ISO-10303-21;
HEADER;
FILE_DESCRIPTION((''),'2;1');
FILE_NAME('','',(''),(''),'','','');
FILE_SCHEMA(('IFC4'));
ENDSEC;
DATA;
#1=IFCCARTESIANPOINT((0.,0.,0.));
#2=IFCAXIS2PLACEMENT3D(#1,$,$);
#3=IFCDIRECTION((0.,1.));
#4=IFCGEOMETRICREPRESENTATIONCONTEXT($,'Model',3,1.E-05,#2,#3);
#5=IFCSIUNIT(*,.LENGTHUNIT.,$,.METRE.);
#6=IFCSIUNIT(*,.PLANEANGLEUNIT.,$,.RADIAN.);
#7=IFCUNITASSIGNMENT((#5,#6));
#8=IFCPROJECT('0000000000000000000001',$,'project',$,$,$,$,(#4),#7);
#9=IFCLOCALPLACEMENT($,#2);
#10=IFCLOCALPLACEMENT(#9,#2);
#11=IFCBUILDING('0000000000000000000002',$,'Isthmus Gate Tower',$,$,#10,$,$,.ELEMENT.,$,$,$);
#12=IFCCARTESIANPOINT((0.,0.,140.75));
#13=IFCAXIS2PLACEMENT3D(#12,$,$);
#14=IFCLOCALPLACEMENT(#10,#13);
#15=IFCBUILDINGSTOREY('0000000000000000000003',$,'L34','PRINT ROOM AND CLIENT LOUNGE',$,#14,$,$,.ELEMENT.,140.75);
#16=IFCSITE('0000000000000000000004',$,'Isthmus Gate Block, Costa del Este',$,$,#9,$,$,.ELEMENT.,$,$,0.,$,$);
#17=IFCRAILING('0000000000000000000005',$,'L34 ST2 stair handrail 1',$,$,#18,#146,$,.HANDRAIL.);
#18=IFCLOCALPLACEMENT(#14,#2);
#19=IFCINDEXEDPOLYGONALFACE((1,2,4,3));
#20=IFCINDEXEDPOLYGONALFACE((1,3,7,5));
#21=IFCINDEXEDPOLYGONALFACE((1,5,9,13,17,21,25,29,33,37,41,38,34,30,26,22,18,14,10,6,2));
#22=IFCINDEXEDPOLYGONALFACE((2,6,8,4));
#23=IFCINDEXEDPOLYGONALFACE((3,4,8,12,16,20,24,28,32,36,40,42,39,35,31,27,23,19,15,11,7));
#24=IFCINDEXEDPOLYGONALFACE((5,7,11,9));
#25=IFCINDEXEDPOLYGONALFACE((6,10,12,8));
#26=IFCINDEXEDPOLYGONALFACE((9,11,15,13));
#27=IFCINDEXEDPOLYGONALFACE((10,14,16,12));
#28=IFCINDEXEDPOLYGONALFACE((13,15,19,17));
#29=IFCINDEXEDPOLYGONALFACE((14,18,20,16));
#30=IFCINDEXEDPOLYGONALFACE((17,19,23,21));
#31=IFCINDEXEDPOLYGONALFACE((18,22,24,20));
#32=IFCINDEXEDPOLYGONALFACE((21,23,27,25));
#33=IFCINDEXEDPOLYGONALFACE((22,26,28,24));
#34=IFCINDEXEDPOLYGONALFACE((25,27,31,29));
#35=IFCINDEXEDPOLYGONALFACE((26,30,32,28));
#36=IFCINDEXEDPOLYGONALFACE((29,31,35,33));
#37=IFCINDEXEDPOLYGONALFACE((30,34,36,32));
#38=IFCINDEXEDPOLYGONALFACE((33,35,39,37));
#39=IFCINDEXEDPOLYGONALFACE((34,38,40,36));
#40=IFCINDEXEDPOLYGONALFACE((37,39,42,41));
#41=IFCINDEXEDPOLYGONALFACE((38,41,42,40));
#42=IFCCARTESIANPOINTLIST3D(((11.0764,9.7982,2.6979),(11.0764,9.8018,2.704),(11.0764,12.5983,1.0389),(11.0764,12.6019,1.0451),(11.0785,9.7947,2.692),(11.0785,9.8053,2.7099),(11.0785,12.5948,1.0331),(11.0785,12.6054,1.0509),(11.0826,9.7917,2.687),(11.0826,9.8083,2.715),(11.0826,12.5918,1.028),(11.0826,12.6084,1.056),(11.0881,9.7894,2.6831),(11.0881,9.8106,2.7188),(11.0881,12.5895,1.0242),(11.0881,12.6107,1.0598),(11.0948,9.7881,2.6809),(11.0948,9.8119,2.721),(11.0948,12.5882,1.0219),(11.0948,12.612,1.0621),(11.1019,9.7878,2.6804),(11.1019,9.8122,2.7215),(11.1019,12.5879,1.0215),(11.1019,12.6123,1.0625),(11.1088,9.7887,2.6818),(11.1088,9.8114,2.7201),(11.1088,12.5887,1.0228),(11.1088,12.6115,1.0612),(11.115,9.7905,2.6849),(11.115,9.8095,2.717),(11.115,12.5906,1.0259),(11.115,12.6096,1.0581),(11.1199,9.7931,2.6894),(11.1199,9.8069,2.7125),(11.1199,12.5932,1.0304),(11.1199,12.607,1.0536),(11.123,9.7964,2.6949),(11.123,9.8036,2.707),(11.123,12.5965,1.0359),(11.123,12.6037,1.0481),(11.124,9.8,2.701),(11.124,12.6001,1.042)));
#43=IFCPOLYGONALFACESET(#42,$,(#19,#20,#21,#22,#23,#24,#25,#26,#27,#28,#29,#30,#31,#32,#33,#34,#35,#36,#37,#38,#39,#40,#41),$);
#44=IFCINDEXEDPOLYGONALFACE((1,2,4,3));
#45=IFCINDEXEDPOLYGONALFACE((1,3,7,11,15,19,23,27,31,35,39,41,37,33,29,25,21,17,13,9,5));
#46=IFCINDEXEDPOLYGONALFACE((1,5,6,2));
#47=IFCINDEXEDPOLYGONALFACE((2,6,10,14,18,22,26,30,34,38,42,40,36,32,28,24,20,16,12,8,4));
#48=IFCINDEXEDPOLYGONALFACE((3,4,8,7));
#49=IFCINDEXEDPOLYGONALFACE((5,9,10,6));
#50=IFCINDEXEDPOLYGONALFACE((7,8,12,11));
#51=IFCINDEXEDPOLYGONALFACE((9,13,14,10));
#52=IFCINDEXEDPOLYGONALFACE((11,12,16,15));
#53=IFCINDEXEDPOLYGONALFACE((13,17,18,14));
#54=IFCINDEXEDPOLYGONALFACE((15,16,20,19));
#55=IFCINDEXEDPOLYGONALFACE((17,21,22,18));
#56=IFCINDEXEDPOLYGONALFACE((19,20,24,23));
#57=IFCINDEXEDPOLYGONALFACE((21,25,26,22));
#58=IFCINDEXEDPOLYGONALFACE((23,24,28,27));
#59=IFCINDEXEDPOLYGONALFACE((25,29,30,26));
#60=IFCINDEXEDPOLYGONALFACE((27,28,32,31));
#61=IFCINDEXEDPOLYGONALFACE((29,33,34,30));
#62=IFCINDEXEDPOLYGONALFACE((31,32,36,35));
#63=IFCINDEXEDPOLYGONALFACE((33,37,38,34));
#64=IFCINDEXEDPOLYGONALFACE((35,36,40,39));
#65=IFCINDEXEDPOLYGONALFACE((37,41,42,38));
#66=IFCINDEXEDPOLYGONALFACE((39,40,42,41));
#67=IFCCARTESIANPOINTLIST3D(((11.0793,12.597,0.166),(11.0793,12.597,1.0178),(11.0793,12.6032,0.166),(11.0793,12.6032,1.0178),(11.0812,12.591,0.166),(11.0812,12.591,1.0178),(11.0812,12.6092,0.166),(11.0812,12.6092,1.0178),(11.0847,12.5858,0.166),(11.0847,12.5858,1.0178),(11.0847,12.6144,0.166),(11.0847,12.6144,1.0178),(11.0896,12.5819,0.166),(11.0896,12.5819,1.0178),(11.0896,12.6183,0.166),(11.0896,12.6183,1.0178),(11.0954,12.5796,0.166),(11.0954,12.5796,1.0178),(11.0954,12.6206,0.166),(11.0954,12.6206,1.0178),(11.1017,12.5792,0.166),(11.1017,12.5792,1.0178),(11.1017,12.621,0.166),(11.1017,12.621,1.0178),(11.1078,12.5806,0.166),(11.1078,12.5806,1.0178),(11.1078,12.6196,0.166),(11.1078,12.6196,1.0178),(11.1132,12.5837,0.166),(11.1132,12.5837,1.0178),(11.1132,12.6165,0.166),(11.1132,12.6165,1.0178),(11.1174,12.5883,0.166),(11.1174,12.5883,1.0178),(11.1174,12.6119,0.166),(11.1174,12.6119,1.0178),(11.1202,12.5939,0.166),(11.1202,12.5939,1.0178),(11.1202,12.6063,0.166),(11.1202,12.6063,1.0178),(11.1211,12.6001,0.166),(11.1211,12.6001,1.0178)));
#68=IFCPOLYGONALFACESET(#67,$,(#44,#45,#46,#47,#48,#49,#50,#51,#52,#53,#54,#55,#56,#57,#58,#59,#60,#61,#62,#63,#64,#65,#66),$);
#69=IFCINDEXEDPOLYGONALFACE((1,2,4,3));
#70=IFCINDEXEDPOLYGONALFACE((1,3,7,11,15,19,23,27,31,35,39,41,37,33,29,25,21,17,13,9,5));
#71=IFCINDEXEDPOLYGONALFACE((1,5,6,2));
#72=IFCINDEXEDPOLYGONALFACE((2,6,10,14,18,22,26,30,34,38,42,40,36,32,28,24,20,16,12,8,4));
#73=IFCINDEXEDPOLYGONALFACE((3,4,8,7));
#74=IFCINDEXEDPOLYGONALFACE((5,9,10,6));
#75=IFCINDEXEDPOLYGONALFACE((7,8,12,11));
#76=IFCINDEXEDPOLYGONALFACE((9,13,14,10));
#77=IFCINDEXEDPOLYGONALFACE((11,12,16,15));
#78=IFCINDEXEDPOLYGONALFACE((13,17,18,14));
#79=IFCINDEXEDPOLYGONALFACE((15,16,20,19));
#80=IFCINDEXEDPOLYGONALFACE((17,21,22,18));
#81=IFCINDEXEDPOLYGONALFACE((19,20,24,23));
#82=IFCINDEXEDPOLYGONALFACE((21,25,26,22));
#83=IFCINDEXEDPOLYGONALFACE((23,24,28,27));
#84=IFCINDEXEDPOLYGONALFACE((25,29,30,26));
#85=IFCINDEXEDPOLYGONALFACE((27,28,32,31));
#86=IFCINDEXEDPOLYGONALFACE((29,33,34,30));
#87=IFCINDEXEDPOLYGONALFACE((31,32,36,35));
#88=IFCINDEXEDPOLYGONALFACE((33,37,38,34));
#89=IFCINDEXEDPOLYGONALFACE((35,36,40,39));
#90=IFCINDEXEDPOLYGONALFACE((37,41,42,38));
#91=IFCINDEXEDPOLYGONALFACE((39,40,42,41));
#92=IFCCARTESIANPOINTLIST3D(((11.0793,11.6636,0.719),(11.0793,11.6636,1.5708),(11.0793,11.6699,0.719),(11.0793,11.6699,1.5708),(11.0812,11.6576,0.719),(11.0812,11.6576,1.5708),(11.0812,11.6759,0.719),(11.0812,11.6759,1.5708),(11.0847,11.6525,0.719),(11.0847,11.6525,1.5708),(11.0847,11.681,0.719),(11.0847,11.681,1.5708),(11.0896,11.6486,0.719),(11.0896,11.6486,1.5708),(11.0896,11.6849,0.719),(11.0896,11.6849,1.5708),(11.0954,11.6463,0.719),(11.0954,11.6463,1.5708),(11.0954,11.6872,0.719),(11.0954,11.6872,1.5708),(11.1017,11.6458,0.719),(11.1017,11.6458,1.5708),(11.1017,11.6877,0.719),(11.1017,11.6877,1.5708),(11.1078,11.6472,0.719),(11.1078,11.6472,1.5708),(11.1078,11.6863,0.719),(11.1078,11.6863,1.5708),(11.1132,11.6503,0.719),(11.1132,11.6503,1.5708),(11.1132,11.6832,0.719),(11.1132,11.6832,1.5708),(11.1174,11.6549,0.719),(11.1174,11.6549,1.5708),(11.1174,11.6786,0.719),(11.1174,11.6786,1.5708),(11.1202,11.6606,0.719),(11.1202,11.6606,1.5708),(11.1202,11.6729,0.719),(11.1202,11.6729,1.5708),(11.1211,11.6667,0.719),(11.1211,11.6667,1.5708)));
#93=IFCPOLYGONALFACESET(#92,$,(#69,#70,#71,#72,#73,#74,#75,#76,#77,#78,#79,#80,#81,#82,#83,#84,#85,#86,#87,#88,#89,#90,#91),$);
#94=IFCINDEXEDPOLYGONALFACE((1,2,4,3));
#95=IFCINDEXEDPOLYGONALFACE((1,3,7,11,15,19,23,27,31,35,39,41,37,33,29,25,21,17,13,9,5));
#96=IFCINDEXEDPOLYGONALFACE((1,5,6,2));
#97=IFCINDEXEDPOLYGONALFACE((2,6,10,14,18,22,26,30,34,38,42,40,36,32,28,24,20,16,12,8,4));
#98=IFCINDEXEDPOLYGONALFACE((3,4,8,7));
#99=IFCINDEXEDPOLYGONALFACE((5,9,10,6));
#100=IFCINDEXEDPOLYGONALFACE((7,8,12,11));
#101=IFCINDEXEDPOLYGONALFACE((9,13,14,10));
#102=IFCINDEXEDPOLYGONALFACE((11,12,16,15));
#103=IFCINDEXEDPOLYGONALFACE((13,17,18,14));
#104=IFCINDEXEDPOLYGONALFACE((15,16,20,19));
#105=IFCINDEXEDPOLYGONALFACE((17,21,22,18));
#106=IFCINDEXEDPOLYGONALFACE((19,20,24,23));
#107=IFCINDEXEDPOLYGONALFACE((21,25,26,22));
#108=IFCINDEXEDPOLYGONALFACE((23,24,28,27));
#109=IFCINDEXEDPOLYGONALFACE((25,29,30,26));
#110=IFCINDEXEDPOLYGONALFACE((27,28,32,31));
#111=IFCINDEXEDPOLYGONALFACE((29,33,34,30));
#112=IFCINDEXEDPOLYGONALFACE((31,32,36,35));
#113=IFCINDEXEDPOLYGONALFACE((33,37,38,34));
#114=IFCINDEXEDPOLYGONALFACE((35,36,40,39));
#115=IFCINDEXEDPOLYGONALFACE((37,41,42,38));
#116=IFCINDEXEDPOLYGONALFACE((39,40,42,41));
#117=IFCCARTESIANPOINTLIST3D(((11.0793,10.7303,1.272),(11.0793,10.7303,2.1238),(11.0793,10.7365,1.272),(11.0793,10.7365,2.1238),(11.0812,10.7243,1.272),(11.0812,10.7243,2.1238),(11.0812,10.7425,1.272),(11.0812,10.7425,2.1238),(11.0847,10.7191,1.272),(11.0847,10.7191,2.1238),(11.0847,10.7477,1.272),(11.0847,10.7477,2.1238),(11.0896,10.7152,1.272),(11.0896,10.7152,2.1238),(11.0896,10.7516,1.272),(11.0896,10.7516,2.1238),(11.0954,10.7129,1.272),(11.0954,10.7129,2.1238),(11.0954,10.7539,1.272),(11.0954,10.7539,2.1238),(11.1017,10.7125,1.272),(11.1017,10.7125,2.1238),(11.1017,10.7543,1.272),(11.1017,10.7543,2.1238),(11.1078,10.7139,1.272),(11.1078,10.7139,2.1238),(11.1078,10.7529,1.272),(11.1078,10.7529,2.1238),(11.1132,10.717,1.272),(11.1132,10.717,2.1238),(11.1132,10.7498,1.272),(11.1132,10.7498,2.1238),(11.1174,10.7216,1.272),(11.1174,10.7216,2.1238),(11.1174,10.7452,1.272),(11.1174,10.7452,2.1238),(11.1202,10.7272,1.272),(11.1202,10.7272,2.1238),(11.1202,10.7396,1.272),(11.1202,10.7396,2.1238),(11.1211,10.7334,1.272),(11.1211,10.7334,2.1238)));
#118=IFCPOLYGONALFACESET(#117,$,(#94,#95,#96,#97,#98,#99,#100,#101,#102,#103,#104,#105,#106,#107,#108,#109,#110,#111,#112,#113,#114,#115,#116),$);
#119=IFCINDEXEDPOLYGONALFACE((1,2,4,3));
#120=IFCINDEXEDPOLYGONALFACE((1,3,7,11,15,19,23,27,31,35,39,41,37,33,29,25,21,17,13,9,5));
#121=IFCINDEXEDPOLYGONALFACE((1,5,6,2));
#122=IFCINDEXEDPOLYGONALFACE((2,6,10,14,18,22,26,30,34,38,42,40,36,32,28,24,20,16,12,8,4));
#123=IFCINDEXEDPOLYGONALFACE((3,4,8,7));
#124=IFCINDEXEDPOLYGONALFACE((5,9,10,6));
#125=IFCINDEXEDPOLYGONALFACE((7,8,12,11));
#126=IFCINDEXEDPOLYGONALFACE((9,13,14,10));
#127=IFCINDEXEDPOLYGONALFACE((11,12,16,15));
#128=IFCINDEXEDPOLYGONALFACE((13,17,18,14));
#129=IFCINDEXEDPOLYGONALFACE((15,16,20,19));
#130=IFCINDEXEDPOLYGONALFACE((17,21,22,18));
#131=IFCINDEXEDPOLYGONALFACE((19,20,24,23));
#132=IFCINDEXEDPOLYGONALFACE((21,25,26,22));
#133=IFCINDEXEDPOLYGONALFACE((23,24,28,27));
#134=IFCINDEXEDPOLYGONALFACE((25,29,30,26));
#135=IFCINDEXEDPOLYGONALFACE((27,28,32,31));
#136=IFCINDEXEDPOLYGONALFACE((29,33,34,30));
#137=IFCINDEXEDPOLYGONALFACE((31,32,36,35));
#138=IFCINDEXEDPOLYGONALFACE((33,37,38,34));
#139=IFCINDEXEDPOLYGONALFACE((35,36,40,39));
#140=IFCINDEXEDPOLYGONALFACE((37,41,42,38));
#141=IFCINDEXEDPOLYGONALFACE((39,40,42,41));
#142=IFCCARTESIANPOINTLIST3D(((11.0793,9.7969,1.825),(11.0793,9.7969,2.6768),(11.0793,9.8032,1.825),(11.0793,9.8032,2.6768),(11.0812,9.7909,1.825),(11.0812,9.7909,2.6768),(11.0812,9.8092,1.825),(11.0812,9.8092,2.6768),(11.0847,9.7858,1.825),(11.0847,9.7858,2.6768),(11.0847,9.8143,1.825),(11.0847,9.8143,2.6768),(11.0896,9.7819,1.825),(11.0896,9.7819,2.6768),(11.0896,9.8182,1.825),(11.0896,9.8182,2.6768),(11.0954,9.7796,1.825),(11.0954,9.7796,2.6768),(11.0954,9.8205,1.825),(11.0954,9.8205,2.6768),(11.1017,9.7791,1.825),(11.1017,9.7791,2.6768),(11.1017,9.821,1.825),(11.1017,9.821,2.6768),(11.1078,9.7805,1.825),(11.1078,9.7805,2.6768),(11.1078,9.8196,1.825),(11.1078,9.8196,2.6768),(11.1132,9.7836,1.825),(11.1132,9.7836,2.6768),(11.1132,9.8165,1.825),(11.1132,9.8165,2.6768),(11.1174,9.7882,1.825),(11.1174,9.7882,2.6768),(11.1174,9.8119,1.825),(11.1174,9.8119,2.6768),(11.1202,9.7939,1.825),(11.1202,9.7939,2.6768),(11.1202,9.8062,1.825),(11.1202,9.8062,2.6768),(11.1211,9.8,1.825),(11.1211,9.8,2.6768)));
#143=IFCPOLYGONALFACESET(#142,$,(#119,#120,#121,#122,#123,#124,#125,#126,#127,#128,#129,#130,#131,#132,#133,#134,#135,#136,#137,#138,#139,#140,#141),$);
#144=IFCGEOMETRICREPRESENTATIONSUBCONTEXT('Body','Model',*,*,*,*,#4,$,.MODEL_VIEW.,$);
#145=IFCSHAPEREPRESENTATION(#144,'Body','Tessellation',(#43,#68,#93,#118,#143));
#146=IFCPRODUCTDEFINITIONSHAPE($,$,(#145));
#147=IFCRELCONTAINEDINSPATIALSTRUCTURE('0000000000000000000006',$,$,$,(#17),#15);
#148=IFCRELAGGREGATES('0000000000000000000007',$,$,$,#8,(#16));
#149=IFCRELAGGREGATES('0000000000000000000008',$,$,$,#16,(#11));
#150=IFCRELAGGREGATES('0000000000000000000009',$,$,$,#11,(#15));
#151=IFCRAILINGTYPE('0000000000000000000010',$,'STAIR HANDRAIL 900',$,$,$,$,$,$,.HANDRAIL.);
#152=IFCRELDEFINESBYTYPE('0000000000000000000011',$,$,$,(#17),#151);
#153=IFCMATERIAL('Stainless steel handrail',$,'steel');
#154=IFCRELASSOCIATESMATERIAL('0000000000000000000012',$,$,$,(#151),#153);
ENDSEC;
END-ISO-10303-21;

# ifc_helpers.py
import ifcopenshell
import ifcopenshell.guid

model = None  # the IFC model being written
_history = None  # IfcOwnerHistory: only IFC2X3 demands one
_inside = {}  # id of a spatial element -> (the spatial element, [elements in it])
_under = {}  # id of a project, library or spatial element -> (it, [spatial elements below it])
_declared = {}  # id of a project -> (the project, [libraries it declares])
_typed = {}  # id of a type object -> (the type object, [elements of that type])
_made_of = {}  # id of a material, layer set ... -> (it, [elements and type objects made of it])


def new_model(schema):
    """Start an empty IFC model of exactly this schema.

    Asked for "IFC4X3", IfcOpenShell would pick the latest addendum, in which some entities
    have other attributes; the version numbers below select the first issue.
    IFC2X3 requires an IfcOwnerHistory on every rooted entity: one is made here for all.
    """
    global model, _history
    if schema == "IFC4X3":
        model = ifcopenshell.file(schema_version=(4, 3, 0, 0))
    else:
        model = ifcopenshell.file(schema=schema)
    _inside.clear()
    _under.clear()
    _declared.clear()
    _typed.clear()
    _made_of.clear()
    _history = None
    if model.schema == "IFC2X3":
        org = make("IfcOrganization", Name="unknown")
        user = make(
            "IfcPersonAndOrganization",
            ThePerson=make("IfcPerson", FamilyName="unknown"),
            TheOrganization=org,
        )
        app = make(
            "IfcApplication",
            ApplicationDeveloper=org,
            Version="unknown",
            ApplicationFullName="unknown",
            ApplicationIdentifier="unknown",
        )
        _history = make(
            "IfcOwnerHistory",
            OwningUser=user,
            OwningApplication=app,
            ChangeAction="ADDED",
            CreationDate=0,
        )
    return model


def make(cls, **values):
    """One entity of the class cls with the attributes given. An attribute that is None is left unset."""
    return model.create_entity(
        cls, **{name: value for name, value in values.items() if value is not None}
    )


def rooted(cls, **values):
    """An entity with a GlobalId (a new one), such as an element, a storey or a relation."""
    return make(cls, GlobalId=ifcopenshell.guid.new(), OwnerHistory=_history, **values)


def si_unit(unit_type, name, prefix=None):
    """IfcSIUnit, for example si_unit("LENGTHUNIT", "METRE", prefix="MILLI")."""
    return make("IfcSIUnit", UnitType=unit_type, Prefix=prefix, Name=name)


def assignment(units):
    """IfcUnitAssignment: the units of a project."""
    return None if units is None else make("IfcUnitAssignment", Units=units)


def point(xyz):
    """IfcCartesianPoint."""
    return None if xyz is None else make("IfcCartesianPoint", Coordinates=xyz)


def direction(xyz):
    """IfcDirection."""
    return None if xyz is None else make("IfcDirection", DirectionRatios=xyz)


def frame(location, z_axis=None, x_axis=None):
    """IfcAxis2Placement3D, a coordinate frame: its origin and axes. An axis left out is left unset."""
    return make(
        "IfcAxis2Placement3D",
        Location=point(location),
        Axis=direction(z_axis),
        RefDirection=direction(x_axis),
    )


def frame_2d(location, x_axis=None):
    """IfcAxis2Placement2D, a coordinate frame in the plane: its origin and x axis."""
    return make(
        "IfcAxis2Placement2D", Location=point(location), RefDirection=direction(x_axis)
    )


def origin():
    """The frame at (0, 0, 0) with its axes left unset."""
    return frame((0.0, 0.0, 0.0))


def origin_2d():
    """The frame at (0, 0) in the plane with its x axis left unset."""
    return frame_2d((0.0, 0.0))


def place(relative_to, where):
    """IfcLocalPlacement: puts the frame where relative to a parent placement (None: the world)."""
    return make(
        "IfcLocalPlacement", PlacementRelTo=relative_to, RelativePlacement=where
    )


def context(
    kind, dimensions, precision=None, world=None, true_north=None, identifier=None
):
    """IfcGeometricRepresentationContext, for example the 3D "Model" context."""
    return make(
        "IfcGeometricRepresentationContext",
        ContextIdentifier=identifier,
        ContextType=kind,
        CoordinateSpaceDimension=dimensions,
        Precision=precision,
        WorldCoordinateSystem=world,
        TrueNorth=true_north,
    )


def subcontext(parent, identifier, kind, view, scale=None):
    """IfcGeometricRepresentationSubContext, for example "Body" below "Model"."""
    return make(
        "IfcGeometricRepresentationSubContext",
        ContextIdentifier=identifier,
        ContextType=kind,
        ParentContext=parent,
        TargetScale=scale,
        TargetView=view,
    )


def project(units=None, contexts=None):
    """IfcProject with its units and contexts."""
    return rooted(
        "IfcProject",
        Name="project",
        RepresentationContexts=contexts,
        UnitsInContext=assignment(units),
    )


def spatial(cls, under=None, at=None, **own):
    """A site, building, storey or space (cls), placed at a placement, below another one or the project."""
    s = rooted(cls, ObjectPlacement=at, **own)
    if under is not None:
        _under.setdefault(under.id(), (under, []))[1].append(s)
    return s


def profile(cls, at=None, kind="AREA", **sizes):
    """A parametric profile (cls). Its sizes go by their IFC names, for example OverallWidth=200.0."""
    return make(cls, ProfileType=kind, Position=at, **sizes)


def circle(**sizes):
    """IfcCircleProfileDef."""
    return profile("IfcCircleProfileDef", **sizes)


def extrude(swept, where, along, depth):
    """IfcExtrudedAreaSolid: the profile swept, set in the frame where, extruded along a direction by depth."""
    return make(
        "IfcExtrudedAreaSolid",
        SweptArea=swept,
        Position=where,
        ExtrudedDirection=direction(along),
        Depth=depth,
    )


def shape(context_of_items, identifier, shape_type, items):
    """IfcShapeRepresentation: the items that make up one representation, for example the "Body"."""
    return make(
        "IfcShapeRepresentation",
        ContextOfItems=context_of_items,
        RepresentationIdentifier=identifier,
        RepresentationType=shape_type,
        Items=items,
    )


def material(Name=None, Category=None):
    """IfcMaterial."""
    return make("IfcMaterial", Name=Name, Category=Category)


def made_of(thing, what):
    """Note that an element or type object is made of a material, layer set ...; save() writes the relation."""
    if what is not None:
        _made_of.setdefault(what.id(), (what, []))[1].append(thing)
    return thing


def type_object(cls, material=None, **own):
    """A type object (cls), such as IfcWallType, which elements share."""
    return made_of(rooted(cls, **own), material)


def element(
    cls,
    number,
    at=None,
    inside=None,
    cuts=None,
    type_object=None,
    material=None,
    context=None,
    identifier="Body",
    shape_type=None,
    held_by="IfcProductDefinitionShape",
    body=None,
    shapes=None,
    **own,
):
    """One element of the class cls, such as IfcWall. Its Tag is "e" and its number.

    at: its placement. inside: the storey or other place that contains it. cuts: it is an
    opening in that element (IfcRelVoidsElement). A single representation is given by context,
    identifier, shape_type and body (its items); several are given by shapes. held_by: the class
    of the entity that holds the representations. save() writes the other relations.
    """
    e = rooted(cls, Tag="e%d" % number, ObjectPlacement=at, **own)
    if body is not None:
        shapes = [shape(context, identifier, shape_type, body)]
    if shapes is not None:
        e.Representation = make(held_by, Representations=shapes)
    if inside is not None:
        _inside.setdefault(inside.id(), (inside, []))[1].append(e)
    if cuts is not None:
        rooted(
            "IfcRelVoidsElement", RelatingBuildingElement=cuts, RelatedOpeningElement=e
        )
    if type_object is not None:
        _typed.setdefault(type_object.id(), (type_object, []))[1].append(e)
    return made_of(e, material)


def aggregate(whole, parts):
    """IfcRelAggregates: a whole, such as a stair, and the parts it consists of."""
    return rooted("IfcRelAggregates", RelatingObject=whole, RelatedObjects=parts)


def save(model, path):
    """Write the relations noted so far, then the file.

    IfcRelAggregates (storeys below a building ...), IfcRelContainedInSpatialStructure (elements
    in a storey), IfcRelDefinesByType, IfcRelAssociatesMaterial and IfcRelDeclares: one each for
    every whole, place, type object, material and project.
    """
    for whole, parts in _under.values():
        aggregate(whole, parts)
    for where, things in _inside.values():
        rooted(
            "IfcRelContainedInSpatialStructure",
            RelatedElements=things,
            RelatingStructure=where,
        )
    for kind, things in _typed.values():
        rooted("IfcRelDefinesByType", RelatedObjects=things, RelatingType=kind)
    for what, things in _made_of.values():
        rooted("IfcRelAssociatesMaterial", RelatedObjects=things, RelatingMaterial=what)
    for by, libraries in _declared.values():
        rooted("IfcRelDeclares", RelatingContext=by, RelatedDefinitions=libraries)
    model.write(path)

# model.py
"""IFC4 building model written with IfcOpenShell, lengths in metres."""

from ifc_helpers import new_model, si_unit, direction, frame, origin, origin_2d, place, context, subcontext, project, spatial, circle, extrude, material, type_object, element, save


model = new_model("IFC4")

# Units and contexts
model_context = context("Model", 3, precision=1e-05, world=origin(), true_north=direction((0.0, 1.0)))
body_context = subcontext(model_context, "Body", "Model", "MODEL_VIEW")
ifc_project = project(units=[si_unit("LENGTHUNIT", "METRE"), si_unit("PLANEANGLEUNIT", "RADIAN")], contexts=[model_context])

# Site, building, storey
site_placement = place(None, origin())
site = spatial("IfcSite", under=ifc_project, at=site_placement, Name="Isthmus Gate Block, Costa del Este", CompositionType="ELEMENT", RefElevation=0.0)
building_placement = place(site_placement, origin())
building = spatial("IfcBuilding", under=site, at=building_placement, Name="Isthmus Gate Tower", CompositionType="ELEMENT")
storey_placement = place(building_placement, frame((0.0, 0.0, 140.75)))
storey = spatial("IfcBuildingStorey", under=building, at=storey_placement, Name="L34", Description="PRINT ROOM AND CLIENT LOUNGE", CompositionType="ELEMENT", Elevation=140.75)

# Railing
ifc_material_1 = material(Name="Stainless steel handrail", Category="steel")
railing_type_1 = type_object("IfcRailingType", Name="STAIR HANDRAIL 900", PredefinedType="HANDRAIL", material=ifc_material_1)
for number, where, name in (
    (1, (11.1001, 12.6001, 0.166), "L34 ST2 stair handrail 1"),
):
    element("IfcRailing", number, at=place(storey_placement, frame(where)), inside=storey, type_object=railing_type_1, Name=name, PredefinedType="HANDRAIL", context=body_context, shape_type="SweptSolid", body=[
        extrude(circle(Radius=0.0239, at=origin_2d()), frame((0.0, 0.0, 0.876), z_axis=(0.0, -0.860339, 0.509722), x_axis=(1.0, 0.0, 0.0)), (0.0, 0.0, 1.0), 3.2546),
        extrude(circle(Radius=0.021, at=origin_2d()), origin(), (0.0, 0.0, 1.0), 0.8518),
        extrude(circle(Radius=0.021, at=origin_2d()), frame((0.0, -0.9333, 0.553)), (0.0, 0.0, 1.0), 0.8518),
        extrude(circle(Radius=0.021, at=origin_2d()), frame((0.0, -1.8667, 1.106)), (0.0, 0.0, 1.0), 0.8518),
        extrude(circle(Radius=0.021, at=origin_2d()), frame((0.0, -2.8, 1.6589)), (0.0, 0.0, 1.0), 0.8518),
    ])

save(model, "model.ifc")
